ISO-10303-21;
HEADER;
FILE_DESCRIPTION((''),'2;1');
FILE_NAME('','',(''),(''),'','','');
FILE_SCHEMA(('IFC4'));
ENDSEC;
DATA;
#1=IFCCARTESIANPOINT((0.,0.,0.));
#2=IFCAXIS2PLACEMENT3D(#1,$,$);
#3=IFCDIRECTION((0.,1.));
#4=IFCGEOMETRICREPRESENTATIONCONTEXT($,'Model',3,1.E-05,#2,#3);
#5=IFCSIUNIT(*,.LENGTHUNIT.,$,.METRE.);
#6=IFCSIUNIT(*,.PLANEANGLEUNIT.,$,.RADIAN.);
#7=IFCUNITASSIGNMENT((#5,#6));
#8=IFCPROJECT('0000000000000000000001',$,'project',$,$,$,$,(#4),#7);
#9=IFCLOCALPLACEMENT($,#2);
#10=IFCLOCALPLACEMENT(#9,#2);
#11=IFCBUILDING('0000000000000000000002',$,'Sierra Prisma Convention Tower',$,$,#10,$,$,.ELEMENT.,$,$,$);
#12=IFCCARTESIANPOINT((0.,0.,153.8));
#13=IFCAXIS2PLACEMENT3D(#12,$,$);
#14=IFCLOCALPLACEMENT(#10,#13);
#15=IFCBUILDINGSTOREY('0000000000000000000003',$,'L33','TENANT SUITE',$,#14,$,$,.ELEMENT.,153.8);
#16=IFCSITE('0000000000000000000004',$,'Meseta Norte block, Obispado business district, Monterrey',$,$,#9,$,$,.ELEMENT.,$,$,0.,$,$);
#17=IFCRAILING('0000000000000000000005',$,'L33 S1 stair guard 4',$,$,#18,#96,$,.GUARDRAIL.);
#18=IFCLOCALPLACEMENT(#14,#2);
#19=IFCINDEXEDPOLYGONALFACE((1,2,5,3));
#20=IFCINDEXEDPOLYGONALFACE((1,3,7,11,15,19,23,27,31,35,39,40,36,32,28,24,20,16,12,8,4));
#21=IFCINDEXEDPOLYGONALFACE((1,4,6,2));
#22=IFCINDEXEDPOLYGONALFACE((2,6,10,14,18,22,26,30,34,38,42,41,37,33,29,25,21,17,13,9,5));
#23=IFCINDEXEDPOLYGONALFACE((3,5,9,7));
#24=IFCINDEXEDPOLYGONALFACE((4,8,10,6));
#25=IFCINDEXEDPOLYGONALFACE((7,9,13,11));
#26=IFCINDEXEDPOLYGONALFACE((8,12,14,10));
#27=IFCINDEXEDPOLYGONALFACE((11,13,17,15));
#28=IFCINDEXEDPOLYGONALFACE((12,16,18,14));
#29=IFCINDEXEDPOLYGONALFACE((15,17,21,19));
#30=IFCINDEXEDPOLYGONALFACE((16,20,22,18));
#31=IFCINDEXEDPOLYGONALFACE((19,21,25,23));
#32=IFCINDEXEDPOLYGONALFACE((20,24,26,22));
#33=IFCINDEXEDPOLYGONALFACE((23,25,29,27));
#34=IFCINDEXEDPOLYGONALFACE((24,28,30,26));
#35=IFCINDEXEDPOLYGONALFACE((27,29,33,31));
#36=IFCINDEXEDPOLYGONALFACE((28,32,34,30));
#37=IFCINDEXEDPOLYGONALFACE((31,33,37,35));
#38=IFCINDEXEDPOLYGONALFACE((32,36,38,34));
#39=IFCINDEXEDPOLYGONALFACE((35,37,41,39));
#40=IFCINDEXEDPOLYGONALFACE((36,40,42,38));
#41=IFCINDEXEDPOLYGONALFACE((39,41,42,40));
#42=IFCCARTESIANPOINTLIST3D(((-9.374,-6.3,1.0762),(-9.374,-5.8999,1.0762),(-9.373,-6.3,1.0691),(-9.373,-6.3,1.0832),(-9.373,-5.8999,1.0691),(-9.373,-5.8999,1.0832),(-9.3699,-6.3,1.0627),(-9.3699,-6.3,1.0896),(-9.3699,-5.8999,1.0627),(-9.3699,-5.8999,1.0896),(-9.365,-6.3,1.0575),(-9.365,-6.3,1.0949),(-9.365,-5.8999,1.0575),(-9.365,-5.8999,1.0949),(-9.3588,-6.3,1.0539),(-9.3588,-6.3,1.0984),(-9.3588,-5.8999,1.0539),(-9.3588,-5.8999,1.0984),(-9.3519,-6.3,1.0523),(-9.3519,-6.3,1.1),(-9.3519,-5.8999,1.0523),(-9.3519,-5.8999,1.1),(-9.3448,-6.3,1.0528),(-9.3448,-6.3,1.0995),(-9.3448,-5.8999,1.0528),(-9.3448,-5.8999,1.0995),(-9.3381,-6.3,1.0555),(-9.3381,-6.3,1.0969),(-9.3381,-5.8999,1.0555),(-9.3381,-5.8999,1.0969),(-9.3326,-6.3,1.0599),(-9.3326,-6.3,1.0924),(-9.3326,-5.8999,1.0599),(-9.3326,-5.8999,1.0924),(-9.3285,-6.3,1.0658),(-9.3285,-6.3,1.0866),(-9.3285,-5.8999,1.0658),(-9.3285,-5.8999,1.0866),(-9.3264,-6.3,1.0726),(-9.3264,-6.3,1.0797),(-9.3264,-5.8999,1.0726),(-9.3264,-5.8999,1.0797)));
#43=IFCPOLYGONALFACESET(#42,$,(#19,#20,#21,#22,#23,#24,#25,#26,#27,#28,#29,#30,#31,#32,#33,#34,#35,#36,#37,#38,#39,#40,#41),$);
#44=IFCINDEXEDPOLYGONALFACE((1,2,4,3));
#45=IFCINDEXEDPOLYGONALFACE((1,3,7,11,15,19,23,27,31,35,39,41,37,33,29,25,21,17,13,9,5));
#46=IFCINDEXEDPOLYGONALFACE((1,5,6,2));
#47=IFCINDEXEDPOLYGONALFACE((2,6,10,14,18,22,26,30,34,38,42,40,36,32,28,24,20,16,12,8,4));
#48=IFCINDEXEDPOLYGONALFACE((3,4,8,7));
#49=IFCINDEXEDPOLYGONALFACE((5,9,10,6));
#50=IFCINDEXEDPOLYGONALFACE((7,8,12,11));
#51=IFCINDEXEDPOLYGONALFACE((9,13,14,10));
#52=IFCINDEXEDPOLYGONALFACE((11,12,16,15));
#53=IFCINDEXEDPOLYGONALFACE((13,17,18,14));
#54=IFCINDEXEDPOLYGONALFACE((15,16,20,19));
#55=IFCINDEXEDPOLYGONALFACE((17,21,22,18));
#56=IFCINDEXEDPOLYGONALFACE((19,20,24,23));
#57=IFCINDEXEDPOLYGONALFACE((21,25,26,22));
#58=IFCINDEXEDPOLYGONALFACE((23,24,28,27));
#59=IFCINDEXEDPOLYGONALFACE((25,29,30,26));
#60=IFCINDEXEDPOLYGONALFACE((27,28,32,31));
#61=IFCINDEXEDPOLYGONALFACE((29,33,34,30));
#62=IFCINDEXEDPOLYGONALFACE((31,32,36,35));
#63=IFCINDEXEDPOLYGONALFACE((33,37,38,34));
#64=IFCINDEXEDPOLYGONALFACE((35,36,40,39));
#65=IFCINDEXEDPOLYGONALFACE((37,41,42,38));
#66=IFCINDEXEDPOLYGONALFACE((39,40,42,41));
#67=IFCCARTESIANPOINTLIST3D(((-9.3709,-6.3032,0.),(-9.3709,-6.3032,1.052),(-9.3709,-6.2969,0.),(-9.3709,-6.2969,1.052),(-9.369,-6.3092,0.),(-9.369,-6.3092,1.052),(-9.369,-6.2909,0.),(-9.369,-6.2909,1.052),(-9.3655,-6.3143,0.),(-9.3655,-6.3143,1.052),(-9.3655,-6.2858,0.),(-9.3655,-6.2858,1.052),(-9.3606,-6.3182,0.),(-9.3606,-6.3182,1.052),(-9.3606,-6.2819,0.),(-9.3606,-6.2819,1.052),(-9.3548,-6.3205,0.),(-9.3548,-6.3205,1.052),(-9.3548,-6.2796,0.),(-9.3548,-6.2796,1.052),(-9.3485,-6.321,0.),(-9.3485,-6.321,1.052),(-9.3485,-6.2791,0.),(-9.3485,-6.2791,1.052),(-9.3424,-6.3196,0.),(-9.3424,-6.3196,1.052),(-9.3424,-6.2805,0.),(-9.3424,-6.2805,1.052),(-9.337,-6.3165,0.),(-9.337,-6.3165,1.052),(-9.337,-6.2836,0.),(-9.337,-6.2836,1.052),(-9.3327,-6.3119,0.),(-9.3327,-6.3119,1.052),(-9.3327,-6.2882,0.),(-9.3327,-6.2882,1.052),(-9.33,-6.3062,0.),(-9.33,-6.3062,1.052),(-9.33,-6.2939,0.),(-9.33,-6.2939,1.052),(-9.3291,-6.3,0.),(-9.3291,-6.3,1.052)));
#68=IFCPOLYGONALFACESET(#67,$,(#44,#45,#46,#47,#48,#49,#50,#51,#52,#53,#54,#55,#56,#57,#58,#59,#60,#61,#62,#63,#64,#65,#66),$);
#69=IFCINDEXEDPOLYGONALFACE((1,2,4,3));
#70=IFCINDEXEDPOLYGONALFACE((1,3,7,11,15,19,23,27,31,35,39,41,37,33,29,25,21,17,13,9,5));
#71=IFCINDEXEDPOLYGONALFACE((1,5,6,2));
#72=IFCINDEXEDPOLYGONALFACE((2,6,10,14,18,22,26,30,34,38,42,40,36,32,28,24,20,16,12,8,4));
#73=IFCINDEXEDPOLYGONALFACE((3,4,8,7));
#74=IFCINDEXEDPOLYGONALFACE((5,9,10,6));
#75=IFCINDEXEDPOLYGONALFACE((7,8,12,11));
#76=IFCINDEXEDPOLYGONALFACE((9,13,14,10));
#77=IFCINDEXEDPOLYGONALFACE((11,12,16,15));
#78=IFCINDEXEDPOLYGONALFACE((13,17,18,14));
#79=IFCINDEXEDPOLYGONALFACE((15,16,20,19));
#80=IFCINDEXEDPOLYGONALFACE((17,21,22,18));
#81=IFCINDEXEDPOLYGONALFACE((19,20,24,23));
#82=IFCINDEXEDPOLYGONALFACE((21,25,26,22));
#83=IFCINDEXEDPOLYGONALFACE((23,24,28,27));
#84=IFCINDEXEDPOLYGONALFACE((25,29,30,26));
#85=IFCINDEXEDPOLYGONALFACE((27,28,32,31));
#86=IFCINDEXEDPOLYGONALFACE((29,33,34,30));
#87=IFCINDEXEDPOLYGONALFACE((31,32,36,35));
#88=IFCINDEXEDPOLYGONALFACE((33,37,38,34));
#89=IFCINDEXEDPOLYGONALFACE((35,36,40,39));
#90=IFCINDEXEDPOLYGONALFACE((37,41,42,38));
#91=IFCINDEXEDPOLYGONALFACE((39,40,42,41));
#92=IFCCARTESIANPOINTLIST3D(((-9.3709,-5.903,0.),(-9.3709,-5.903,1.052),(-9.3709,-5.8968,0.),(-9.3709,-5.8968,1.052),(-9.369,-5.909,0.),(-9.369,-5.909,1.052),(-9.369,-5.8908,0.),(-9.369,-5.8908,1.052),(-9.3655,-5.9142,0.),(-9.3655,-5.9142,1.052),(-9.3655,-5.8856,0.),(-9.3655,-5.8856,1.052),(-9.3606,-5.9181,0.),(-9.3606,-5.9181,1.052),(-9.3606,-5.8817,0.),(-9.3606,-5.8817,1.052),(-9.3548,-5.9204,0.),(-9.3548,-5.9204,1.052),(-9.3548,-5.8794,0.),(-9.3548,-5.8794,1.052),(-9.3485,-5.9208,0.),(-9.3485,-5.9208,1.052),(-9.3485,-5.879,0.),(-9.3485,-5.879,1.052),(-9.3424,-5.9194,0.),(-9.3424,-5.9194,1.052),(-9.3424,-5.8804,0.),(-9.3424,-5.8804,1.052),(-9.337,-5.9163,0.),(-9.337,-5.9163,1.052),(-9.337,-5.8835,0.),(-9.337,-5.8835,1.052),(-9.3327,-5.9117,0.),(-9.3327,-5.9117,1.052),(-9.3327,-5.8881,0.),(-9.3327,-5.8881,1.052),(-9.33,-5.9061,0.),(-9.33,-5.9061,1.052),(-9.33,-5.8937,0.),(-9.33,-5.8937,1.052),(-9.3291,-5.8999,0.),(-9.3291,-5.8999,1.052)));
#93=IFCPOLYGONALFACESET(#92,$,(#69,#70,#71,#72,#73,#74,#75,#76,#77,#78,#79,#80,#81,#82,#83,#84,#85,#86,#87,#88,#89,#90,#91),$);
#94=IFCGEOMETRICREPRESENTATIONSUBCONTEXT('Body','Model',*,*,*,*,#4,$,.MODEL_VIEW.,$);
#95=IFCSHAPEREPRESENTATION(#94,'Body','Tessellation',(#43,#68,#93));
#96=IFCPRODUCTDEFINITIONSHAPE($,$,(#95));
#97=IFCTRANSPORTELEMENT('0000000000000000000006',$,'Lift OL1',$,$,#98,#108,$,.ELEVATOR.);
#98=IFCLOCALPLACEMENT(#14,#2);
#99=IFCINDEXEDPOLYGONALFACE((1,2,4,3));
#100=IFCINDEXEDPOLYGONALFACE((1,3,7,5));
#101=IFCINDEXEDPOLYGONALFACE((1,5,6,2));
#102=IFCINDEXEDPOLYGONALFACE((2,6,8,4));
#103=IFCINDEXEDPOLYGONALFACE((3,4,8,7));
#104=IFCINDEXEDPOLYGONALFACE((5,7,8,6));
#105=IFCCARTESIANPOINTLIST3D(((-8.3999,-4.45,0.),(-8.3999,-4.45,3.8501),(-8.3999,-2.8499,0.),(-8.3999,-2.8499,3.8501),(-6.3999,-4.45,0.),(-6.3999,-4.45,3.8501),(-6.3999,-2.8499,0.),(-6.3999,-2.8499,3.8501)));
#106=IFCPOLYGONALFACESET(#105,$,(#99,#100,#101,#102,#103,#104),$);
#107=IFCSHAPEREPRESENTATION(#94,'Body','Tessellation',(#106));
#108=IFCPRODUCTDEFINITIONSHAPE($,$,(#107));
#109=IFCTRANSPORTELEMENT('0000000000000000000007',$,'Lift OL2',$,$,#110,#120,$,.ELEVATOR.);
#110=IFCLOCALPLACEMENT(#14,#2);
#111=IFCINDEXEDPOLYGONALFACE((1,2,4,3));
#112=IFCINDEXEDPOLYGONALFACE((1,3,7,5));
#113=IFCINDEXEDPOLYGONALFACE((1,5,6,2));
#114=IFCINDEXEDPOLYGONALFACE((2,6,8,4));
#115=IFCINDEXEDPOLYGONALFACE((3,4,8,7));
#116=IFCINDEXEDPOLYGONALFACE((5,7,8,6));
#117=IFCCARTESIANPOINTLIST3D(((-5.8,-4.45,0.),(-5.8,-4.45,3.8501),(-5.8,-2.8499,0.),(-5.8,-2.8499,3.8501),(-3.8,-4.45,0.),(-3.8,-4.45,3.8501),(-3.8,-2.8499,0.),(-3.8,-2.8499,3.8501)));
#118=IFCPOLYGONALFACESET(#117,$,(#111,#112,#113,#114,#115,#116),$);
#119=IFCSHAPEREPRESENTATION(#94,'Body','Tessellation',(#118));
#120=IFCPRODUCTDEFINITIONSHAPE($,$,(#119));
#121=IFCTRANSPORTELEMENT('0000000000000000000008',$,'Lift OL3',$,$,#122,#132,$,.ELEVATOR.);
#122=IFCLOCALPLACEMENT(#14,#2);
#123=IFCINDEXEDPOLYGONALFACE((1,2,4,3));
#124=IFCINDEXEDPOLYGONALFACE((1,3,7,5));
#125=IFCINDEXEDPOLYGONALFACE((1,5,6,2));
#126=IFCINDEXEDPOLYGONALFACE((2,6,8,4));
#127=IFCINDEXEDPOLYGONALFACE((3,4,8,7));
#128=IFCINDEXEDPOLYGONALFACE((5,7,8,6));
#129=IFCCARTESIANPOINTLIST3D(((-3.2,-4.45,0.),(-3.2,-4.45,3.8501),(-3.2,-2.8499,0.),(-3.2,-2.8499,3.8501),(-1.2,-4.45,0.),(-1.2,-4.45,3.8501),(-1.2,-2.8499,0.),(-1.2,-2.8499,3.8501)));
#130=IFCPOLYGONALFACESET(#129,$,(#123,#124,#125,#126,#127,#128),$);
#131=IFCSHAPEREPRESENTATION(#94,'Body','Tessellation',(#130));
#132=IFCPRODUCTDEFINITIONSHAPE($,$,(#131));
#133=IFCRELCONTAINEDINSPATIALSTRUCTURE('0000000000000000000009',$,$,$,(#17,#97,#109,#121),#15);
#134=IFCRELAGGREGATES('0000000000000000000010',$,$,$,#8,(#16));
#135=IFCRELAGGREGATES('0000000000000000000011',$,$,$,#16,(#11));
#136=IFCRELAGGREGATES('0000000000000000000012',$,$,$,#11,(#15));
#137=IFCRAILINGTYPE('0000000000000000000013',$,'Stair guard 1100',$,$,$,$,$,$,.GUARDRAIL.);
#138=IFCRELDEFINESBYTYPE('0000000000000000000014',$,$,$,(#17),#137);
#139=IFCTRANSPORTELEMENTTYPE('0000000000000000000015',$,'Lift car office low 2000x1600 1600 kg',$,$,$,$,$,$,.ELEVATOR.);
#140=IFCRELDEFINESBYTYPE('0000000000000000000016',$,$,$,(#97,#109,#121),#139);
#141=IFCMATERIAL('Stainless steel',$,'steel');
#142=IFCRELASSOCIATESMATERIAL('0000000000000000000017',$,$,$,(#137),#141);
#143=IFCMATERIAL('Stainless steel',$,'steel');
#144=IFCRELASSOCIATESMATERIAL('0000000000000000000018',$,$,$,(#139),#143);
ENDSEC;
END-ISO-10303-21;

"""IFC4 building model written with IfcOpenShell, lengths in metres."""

from ifc_helpers import new_model, si_unit, direction, frame, origin, origin_2d, place, context, subcontext, project, spatial, rectangle, circle, extrude, material, type_object, element, save


model = new_model("IFC4")

# Units and contexts
model_context = context("Model", 3, precision=1e-05, world=origin(), true_north=direction((0.0, 1.0)))
body_context = subcontext(model_context, "Body", "Model", "MODEL_VIEW")
ifc_project = project(units=[si_unit("LENGTHUNIT", "METRE"), si_unit("PLANEANGLEUNIT", "RADIAN")], contexts=[model_context])

# Site, building, storey
site_placement = place(None, origin())
site = spatial("IfcSite", under=ifc_project, at=site_placement, Name="Meseta Norte block, Obispado business district, Monterrey", CompositionType="ELEMENT", RefElevation=0.0)
building_placement = place(site_placement, origin())
building = spatial("IfcBuilding", under=site, at=building_placement, Name="Sierra Prisma Convention Tower", CompositionType="ELEMENT")
storey_placement = place(building_placement, frame((0.0, 0.0, 153.8)))
storey = spatial("IfcBuildingStorey", under=building, at=storey_placement, Name="L33", Description="TENANT SUITE", CompositionType="ELEMENT", Elevation=153.8)

# Railing
ifc_material_1 = material(Name="Stainless steel", Category="steel")
railing_type_1 = type_object("IfcRailingType", Name="Stair guard 1100", PredefinedType="GUARDRAIL", material=ifc_material_1)
railing_1_placement = place(storey_placement, frame((-9.3501, -6.3, 0.0)))
element("IfcRailing", 1, at=railing_1_placement, inside=storey, type_object=railing_type_1, Name="L33 S1 stair guard 4", PredefinedType="GUARDRAIL", context=body_context, shape_type="SweptSolid", body=[
    extrude(circle(Radius=0.0239, at=origin_2d()), frame((0.0, 0.0, 1.0762), z_axis=(0.0, 1.0, 0.0), x_axis=(-1.0, 0.0, 0.0)), (0.0, 0.0, 1.0), 0.4001),
    extrude(circle(Radius=0.021, at=origin_2d()), origin(), (0.0, 0.0, 1.0), 1.052),
    extrude(circle(Radius=0.021, at=origin_2d()), frame((0.0, 0.4001, 0.0)), (0.0, 0.0, 1.0), 1.052),
])

# Transport elements
ifc_material_2 = material(Name="Stainless steel", Category="steel")
transport_element_type = type_object("IfcTransportElementType", Name="Lift car office low 2000x1600 1600 kg", PredefinedType="ELEVATOR", material=ifc_material_2)
for number, where, z_axis, x_axis, name in (
    (2, (-7.3999, -3.6499, 0.0), (0.0, 0.0, 1.0), (1.0, 0.0, 0.0), "Lift OL1"),
    (3, (-4.8, -3.6499, 0.0), (0.0, 0.0, 1.0), (1.0, 0.0, 0.0), "Lift OL2"),
    (4, (-2.2, -3.6499, 0.0), (0.0, 0.0, 1.0), (1.0, 0.0, 0.0), "Lift OL3"),
):
    element("IfcTransportElement", number, at=place(storey_placement, frame(where, z_axis=z_axis, x_axis=x_axis)), inside=storey, type_object=transport_element_type, Name=name, PredefinedType="ELEVATOR", context=body_context, shape_type="SweptSolid", body=[
        extrude(rectangle(XDim=2.0, YDim=1.6001, at=origin_2d()), origin(), (0.0, 0.0, 1.0), 3.8501),
    ])

save(model, "model.ifc")
